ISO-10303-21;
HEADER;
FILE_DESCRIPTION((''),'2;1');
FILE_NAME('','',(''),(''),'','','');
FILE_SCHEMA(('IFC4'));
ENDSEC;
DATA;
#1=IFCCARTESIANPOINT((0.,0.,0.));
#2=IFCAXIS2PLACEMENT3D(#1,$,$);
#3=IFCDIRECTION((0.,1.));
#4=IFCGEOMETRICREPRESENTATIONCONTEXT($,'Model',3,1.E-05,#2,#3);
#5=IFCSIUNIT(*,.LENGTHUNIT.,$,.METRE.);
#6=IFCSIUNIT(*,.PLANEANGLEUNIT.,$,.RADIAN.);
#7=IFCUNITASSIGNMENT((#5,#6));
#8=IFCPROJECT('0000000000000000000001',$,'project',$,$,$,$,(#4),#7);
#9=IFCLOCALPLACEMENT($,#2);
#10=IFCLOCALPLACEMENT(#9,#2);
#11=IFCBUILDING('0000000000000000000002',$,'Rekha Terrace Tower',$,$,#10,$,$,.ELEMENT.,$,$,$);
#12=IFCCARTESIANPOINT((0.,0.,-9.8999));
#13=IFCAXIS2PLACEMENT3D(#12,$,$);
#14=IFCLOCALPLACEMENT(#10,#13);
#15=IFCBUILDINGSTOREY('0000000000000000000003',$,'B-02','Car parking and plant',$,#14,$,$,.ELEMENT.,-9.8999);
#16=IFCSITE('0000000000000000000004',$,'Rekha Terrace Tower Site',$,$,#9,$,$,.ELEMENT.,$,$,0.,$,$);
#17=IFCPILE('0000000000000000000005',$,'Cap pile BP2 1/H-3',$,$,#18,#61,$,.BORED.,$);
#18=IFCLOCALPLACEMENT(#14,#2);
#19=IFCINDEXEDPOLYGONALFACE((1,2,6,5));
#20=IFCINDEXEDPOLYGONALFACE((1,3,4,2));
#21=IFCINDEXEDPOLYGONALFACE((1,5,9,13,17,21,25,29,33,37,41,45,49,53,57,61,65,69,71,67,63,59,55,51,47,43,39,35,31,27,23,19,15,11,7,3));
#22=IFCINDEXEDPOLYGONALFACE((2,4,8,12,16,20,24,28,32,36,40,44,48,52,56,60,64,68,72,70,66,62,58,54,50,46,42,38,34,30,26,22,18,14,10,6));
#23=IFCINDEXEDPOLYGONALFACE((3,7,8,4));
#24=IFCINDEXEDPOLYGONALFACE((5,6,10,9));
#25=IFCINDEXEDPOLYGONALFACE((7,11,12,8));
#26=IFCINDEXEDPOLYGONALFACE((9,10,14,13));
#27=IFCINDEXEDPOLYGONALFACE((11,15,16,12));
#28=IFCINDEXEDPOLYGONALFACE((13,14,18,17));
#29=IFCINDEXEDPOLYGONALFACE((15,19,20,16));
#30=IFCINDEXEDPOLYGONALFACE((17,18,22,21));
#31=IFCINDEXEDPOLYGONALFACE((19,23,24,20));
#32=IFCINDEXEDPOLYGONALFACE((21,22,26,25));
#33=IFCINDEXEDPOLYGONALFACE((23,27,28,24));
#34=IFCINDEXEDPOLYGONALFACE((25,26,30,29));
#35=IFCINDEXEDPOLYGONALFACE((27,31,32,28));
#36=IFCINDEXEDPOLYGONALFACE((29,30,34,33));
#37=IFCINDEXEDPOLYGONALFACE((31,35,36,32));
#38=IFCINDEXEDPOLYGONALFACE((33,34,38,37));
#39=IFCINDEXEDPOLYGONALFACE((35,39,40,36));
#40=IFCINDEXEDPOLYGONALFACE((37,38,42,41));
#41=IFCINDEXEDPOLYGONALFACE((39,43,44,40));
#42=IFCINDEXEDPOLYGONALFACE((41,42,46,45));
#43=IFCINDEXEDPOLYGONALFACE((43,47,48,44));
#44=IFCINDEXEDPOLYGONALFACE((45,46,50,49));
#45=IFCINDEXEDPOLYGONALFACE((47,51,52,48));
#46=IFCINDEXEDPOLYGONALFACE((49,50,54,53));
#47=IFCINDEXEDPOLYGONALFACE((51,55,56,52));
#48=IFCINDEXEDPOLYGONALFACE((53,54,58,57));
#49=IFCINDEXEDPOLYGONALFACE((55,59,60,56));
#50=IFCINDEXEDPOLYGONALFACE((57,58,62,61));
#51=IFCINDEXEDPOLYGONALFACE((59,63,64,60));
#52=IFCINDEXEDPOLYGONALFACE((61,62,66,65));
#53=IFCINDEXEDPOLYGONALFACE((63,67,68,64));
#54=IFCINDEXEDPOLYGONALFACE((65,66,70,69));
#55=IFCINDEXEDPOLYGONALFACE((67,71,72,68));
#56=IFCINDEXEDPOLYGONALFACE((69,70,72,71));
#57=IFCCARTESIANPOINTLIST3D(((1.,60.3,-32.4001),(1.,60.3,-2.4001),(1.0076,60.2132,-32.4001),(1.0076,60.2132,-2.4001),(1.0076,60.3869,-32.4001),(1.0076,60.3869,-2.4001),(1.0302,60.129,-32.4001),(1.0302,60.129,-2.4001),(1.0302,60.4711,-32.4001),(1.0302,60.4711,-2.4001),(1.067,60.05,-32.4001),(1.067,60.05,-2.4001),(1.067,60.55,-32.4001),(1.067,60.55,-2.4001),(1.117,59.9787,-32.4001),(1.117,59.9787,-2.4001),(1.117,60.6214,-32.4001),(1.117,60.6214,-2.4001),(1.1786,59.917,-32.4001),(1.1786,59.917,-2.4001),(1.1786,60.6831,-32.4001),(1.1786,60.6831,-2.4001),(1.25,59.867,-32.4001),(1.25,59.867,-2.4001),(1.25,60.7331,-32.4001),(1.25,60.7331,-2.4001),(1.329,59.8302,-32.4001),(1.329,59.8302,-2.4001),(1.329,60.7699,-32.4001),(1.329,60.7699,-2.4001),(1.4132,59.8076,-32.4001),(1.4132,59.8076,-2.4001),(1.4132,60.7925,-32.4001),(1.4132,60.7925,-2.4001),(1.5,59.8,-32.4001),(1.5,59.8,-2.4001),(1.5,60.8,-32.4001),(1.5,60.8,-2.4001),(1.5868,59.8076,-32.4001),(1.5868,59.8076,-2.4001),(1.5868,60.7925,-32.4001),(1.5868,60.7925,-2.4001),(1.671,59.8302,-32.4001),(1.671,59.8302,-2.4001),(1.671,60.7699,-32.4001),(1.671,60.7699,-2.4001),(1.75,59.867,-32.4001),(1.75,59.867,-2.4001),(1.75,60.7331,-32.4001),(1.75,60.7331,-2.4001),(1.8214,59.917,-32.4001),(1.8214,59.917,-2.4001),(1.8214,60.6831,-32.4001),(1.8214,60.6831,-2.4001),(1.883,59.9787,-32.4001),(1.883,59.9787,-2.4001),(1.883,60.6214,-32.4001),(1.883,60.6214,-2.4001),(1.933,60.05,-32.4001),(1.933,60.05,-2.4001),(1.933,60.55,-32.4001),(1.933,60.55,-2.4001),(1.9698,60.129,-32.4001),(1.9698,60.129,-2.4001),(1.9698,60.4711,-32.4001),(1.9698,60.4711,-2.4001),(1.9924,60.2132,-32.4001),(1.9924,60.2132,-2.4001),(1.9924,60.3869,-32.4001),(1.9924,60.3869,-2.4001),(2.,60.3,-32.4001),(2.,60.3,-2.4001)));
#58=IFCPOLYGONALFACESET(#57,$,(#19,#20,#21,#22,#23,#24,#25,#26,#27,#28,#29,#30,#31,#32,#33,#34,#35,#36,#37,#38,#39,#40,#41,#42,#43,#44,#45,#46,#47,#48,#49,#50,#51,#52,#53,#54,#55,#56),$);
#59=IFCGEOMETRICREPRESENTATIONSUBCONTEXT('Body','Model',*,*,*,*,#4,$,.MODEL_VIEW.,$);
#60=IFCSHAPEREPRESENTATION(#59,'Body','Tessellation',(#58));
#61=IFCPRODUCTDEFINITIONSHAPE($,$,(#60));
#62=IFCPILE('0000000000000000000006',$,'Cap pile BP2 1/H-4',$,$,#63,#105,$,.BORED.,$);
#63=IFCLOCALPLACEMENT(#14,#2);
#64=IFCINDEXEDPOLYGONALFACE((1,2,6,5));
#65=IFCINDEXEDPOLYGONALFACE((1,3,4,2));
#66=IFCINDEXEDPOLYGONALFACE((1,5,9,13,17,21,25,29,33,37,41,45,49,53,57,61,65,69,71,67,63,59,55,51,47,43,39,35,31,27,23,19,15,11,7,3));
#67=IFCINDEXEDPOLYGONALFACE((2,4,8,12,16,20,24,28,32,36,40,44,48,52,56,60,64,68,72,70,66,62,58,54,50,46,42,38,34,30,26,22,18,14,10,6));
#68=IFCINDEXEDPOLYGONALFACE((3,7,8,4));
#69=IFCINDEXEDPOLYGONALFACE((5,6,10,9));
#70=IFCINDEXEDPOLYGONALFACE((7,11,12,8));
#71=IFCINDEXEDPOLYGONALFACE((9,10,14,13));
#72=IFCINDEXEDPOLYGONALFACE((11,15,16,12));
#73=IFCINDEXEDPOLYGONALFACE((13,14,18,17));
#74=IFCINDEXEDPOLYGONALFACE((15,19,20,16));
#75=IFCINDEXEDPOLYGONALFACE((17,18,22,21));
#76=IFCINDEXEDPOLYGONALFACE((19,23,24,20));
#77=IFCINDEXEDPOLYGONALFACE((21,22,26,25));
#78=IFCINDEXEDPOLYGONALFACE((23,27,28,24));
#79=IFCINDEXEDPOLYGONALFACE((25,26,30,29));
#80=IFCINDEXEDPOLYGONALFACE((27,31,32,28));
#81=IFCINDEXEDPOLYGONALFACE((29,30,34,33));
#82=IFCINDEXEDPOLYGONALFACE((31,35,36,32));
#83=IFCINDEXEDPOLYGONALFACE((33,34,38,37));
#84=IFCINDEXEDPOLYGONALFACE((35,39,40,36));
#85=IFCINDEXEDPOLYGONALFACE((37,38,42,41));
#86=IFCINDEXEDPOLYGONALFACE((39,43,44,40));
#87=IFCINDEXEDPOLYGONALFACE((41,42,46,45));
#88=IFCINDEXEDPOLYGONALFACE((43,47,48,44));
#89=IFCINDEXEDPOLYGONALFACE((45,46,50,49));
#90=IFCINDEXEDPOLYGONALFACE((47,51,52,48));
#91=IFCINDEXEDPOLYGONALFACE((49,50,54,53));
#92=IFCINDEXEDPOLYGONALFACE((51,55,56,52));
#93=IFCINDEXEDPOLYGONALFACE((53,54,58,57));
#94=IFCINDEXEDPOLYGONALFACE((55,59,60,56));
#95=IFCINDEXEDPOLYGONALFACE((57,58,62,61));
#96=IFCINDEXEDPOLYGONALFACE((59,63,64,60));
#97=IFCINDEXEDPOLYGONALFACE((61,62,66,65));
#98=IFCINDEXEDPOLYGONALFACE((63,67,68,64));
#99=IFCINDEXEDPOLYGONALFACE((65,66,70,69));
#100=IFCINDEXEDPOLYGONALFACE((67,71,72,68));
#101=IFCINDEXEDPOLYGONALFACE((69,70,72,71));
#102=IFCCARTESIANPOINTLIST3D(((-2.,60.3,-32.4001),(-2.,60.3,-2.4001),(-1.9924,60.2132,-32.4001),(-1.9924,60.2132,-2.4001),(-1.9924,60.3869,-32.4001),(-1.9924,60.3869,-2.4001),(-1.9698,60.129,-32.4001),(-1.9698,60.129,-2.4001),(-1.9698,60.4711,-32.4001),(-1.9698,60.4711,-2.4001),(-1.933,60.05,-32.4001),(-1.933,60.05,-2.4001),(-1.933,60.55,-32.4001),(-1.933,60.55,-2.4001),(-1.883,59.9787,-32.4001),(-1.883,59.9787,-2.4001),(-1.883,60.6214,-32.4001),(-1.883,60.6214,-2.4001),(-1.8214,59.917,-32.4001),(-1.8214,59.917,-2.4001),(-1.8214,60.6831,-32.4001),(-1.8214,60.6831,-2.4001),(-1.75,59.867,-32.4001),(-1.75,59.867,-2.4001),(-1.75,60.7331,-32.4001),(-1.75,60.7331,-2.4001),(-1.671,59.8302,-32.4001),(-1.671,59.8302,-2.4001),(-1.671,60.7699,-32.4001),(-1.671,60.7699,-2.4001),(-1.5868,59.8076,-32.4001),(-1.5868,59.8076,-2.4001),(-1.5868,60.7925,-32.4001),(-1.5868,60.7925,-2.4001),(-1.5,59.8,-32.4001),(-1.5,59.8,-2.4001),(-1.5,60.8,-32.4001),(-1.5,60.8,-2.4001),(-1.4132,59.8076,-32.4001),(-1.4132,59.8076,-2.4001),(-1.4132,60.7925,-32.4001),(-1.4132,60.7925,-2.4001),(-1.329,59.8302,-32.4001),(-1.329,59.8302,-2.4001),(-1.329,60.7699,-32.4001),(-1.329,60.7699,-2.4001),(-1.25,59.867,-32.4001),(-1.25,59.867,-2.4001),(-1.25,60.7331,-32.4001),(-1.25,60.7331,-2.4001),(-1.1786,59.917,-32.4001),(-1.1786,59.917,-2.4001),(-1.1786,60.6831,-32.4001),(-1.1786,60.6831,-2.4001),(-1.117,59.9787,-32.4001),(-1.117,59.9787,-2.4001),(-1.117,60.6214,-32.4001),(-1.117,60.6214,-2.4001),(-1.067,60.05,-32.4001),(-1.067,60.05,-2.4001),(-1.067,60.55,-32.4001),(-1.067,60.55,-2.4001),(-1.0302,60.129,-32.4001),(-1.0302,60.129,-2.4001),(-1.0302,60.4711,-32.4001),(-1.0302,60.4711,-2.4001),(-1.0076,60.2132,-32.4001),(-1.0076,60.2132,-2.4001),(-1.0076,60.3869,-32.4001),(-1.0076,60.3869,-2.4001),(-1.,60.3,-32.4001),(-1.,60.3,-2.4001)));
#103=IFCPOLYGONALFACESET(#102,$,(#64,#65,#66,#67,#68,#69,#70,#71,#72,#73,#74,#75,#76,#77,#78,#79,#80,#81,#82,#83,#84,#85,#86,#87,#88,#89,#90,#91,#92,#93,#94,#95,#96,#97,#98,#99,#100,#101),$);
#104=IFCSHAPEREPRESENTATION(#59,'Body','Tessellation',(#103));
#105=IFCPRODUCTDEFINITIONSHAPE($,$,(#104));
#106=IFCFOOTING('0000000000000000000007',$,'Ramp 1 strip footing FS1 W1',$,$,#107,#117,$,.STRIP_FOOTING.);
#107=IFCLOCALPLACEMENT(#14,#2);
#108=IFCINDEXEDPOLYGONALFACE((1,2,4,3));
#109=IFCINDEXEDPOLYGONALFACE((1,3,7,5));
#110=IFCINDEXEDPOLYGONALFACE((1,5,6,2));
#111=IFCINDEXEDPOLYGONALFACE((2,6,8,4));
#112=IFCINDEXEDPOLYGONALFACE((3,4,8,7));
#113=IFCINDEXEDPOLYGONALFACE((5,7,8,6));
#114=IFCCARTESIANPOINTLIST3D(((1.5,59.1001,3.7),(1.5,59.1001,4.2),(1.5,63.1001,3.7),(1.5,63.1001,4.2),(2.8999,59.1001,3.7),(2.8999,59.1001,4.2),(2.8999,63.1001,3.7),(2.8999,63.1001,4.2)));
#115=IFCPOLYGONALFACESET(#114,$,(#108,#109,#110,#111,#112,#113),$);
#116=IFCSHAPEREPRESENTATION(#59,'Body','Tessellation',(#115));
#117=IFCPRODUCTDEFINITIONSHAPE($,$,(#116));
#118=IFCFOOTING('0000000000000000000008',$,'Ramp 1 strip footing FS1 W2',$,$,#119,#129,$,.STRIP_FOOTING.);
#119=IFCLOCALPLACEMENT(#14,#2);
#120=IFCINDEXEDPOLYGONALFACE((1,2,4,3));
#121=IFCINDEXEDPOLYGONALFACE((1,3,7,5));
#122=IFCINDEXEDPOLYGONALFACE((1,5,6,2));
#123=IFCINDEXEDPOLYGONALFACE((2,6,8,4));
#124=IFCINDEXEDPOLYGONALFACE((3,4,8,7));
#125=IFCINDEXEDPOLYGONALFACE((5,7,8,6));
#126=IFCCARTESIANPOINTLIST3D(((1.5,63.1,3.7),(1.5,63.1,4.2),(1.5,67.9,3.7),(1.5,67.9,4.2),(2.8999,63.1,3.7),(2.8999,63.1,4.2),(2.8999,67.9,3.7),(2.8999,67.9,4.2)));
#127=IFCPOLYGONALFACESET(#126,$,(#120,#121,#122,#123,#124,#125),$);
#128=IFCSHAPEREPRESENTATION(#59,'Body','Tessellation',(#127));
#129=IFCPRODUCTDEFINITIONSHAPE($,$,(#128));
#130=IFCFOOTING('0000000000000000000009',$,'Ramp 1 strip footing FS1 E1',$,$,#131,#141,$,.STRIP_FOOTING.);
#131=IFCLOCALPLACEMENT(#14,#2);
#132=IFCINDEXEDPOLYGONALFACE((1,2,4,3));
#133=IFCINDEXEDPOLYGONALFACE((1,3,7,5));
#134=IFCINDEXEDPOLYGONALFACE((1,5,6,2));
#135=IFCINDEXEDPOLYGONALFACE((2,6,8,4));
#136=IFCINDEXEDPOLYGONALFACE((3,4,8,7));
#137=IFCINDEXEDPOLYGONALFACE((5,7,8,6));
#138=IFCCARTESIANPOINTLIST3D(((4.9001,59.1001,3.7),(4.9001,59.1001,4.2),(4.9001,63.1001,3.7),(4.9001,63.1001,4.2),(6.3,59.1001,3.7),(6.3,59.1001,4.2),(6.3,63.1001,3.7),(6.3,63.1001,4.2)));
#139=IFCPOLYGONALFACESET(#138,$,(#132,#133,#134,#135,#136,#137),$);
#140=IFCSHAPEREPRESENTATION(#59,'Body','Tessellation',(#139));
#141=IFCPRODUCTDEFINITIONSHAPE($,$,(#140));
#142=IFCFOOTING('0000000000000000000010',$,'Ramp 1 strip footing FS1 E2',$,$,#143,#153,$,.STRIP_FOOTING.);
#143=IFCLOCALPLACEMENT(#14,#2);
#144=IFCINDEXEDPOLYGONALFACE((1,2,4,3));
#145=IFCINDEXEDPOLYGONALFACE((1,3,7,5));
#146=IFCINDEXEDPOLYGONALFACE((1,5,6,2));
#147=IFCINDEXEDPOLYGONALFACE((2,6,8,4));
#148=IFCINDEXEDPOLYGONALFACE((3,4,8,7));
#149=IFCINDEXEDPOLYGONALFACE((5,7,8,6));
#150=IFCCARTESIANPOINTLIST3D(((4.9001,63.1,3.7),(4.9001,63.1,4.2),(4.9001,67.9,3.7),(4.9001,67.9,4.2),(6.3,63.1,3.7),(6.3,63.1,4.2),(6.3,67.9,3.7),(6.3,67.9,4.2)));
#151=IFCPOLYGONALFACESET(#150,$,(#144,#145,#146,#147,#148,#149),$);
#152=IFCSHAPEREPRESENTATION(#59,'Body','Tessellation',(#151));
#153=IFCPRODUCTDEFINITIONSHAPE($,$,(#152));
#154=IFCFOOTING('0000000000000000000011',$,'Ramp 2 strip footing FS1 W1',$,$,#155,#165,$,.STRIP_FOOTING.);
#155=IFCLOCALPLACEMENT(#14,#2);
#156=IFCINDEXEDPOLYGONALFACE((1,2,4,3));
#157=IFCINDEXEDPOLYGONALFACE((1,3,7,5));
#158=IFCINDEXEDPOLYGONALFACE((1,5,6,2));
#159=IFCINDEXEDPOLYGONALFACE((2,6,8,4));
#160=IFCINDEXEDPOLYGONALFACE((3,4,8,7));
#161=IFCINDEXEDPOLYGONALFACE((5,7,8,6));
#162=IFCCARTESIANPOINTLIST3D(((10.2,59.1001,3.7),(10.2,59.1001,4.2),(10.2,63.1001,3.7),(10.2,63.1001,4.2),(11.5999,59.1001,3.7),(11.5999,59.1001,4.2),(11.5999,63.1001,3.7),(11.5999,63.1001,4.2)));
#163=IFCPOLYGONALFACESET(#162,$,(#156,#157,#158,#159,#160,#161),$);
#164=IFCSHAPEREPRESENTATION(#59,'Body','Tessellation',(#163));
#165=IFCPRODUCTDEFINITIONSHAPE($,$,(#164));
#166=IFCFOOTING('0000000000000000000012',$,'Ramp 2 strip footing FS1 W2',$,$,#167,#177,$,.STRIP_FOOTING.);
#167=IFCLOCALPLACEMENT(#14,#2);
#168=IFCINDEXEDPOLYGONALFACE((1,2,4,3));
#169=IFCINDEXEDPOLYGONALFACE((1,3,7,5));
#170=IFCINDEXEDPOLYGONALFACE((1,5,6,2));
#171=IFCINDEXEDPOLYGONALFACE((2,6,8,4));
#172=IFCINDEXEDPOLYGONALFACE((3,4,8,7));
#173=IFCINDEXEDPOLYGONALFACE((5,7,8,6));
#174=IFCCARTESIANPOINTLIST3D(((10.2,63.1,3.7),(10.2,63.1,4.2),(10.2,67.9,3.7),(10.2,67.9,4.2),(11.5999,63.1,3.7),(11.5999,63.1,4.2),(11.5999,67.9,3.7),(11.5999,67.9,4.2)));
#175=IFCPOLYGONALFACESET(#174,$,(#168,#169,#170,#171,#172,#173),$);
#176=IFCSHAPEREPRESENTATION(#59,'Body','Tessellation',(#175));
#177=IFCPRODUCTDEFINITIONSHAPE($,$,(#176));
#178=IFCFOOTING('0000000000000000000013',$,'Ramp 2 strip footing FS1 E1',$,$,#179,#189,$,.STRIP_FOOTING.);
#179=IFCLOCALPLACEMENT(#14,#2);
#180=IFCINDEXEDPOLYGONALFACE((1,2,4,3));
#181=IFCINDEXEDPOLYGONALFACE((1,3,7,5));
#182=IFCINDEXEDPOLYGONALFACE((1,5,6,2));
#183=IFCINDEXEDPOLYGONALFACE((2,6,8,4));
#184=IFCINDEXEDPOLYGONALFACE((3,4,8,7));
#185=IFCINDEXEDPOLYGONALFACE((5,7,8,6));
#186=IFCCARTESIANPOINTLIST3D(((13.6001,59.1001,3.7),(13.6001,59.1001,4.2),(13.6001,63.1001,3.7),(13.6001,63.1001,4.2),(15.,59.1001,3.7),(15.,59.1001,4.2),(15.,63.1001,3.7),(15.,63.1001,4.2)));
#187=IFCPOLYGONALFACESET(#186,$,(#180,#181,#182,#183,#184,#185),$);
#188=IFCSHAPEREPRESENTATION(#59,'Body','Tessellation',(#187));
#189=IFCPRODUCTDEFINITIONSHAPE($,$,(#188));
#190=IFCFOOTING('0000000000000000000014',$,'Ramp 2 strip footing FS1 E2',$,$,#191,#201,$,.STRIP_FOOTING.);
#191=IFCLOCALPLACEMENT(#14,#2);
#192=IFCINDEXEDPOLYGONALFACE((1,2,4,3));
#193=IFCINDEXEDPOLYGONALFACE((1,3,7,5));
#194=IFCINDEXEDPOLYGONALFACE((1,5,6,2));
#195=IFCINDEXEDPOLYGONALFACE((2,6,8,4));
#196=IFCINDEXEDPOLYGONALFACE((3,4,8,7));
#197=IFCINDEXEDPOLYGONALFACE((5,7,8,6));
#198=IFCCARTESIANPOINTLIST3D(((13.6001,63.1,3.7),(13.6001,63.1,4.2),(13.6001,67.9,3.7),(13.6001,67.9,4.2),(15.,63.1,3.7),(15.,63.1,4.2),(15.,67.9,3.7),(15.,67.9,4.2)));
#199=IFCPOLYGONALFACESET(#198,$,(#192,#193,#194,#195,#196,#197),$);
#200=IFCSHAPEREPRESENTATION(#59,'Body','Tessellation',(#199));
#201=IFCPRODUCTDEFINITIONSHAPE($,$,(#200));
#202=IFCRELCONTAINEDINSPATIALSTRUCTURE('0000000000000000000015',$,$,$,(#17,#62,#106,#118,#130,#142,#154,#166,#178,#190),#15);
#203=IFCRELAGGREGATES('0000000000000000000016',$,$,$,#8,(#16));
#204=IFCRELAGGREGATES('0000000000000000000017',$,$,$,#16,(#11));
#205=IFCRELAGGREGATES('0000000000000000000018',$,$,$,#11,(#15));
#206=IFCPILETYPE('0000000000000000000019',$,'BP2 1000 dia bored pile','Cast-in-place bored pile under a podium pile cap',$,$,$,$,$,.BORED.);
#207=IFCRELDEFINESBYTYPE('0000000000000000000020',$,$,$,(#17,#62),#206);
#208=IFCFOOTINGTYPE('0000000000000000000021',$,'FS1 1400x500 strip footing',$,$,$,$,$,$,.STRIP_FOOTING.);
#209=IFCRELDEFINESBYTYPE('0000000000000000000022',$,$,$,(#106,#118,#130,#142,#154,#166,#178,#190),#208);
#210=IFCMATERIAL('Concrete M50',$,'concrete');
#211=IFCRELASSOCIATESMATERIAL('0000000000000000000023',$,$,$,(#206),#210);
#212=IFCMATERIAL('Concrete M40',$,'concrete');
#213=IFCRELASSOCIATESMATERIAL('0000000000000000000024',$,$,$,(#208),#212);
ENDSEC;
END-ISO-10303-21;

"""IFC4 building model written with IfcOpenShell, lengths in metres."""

from ifc_helpers import new_model, si_unit, direction, frame, origin, origin_2d, place, context, subcontext, project, spatial, rectangle, circle, extrude, material, type_object, element, save


model = new_model("IFC4")

# Units and contexts
model_context = context("Model", 3, precision=1e-05, world=origin(), true_north=direction((0.0, 1.0)))
body_context = subcontext(model_context, "Body", "Model", "MODEL_VIEW")
ifc_project = project(units=[si_unit("LENGTHUNIT", "METRE"), si_unit("PLANEANGLEUNIT", "RADIAN")], contexts=[model_context])

# Site, building, storey
site_placement = place(None, origin())
site = spatial("IfcSite", under=ifc_project, at=site_placement, Name="Rekha Terrace Tower Site", CompositionType="ELEMENT", RefElevation=0.0)
building_placement = place(site_placement, origin())
building = spatial("IfcBuilding", under=site, at=building_placement, Name="Rekha Terrace Tower", CompositionType="ELEMENT")
storey_placement = place(building_placement, frame((0.0, 0.0, -9.8999)))
storey = spatial("IfcBuildingStorey", under=building, at=storey_placement, Name="B-02", Description="Car parking and plant", CompositionType="ELEMENT", Elevation=-9.8999)

# Piles
ifc_material_1 = material(Name="Concrete M50", Category="concrete")
pile_type = type_object("IfcPileType", Name="BP2 1000 dia bored pile", Description="Cast-in-place bored pile under a podium pile cap", PredefinedType="BORED", material=ifc_material_1)
for number, where, z_axis, x_axis, name in (
    (1, (1.5, 60.3, -2.4001), (0.0, 0.0, -1.0), (1.0, 0.0, 0.0), "Cap pile BP2 1/H-3"),
    (2, (-1.5, 60.3, -2.4001), (0.0, 0.0, -1.0), (1.0, 0.0, 0.0), "Cap pile BP2 1/H-4"),
):
    element("IfcPile", number, at=place(storey_placement, frame(where, z_axis=z_axis, x_axis=x_axis)), inside=storey, type_object=pile_type, Name=name, PredefinedType="BORED", context=body_context, shape_type="SweptSolid", body=[
        extrude(circle(Radius=0.5, at=origin_2d()), origin(), (0.0, 0.0, 1.0), 30.0),
    ])

# Footings
ifc_material_2 = material(Name="Concrete M40", Category="concrete")
footing_type_1 = type_object("IfcFootingType", Name="FS1 1400x500 strip footing", PredefinedType="STRIP_FOOTING", material=ifc_material_2)
footing_1_placement = place(storey_placement, frame((2.2, 61.1001, 3.7), z_axis=(0.0, 0.0, 1.0), x_axis=(1.0, 0.0, 0.0)))
element("IfcFooting", 3, at=footing_1_placement, inside=storey, type_object=footing_type_1, Name="Ramp 1 strip footing FS1 W1", PredefinedType="STRIP_FOOTING", context=body_context, shape_type="SweptSolid", body=[
    extrude(rectangle(XDim=1.3999, YDim=4.0, at=origin_2d()), origin(), (0.0, 0.0, 1.0), 0.5),
])
footing_2_placement = place(storey_placement, frame((2.2, 65.5, 3.7), z_axis=(0.0, 0.0, 1.0), x_axis=(1.0, 0.0, 0.0)))
element("IfcFooting", 4, at=footing_2_placement, inside=storey, type_object=footing_type_1, Name="Ramp 1 strip footing FS1 W2", PredefinedType="STRIP_FOOTING", context=body_context, shape_type="SweptSolid", body=[
    extrude(rectangle(XDim=1.3999, YDim=4.8, at=origin_2d()), origin(), (0.0, 0.0, 1.0), 0.5),
])
footing_3_placement = place(storey_placement, frame((5.6001, 61.1001, 3.7), z_axis=(0.0, 0.0, 1.0), x_axis=(1.0, 0.0, 0.0)))
element("IfcFooting", 5, at=footing_3_placement, inside=storey, type_object=footing_type_1, Name="Ramp 1 strip footing FS1 E1", PredefinedType="STRIP_FOOTING", context=body_context, shape_type="SweptSolid", body=[
    extrude(rectangle(XDim=1.3999, YDim=4.0, at=origin_2d()), origin(), (0.0, 0.0, 1.0), 0.5),
])
footing_4_placement = place(storey_placement, frame((5.6001, 65.5, 3.7), z_axis=(0.0, 0.0, 1.0), x_axis=(1.0, 0.0, 0.0)))
element("IfcFooting", 6, at=footing_4_placement, inside=storey, type_object=footing_type_1, Name="Ramp 1 strip footing FS1 E2", PredefinedType="STRIP_FOOTING", context=body_context, shape_type="SweptSolid", body=[
    extrude(rectangle(XDim=1.3999, YDim=4.8, at=origin_2d()), origin(), (0.0, 0.0, 1.0), 0.5),
])
footing_5_placement = place(storey_placement, frame((10.8999, 61.1001, 3.7), z_axis=(0.0, 0.0, 1.0), x_axis=(1.0, 0.0, 0.0)))
element("IfcFooting", 7, at=footing_5_placement, inside=storey, type_object=footing_type_1, Name="Ramp 2 strip footing FS1 W1", PredefinedType="STRIP_FOOTING", context=body_context, shape_type="SweptSolid", body=[
    extrude(rectangle(XDim=1.3999, YDim=4.0, at=origin_2d()), origin(), (0.0, 0.0, 1.0), 0.5),
])
footing_6_placement = place(storey_placement, frame((10.8999, 65.5, 3.7), z_axis=(0.0, 0.0, 1.0), x_axis=(1.0, 0.0, 0.0)))
element("IfcFooting", 8, at=footing_6_placement, inside=storey, type_object=footing_type_1, Name="Ramp 2 strip footing FS1 W2", PredefinedType="STRIP_FOOTING", context=body_context, shape_type="SweptSolid", body=[
    extrude(rectangle(XDim=1.3999, YDim=4.8, at=origin_2d()), origin(), (0.0, 0.0, 1.0), 0.5),
])
footing_7_placement = place(storey_placement, frame((14.3, 61.1001, 3.7), z_axis=(0.0, 0.0, 1.0), x_axis=(1.0, 0.0, 0.0)))
element("IfcFooting", 9, at=footing_7_placement, inside=storey, type_object=footing_type_1, Name="Ramp 2 strip footing FS1 E1", PredefinedType="STRIP_FOOTING", context=body_context, shape_type="SweptSolid", body=[
    extrude(rectangle(XDim=1.3999, YDim=4.0, at=origin_2d()), origin(), (0.0, 0.0, 1.0), 0.5),
])
footing_8_placement = place(storey_placement, frame((14.3, 65.5, 3.7), z_axis=(0.0, 0.0, 1.0), x_axis=(1.0, 0.0, 0.0)))
element("IfcFooting", 10, at=footing_8_placement, inside=storey, type_object=footing_type_1, Name="Ramp 2 strip footing FS1 E2", PredefinedType="STRIP_FOOTING", context=body_context, shape_type="SweptSolid", body=[
    extrude(rectangle(XDim=1.3999, YDim=4.8, at=origin_2d()), origin(), (0.0, 0.0, 1.0), 0.5),
])

save(model, "model.ifc")
